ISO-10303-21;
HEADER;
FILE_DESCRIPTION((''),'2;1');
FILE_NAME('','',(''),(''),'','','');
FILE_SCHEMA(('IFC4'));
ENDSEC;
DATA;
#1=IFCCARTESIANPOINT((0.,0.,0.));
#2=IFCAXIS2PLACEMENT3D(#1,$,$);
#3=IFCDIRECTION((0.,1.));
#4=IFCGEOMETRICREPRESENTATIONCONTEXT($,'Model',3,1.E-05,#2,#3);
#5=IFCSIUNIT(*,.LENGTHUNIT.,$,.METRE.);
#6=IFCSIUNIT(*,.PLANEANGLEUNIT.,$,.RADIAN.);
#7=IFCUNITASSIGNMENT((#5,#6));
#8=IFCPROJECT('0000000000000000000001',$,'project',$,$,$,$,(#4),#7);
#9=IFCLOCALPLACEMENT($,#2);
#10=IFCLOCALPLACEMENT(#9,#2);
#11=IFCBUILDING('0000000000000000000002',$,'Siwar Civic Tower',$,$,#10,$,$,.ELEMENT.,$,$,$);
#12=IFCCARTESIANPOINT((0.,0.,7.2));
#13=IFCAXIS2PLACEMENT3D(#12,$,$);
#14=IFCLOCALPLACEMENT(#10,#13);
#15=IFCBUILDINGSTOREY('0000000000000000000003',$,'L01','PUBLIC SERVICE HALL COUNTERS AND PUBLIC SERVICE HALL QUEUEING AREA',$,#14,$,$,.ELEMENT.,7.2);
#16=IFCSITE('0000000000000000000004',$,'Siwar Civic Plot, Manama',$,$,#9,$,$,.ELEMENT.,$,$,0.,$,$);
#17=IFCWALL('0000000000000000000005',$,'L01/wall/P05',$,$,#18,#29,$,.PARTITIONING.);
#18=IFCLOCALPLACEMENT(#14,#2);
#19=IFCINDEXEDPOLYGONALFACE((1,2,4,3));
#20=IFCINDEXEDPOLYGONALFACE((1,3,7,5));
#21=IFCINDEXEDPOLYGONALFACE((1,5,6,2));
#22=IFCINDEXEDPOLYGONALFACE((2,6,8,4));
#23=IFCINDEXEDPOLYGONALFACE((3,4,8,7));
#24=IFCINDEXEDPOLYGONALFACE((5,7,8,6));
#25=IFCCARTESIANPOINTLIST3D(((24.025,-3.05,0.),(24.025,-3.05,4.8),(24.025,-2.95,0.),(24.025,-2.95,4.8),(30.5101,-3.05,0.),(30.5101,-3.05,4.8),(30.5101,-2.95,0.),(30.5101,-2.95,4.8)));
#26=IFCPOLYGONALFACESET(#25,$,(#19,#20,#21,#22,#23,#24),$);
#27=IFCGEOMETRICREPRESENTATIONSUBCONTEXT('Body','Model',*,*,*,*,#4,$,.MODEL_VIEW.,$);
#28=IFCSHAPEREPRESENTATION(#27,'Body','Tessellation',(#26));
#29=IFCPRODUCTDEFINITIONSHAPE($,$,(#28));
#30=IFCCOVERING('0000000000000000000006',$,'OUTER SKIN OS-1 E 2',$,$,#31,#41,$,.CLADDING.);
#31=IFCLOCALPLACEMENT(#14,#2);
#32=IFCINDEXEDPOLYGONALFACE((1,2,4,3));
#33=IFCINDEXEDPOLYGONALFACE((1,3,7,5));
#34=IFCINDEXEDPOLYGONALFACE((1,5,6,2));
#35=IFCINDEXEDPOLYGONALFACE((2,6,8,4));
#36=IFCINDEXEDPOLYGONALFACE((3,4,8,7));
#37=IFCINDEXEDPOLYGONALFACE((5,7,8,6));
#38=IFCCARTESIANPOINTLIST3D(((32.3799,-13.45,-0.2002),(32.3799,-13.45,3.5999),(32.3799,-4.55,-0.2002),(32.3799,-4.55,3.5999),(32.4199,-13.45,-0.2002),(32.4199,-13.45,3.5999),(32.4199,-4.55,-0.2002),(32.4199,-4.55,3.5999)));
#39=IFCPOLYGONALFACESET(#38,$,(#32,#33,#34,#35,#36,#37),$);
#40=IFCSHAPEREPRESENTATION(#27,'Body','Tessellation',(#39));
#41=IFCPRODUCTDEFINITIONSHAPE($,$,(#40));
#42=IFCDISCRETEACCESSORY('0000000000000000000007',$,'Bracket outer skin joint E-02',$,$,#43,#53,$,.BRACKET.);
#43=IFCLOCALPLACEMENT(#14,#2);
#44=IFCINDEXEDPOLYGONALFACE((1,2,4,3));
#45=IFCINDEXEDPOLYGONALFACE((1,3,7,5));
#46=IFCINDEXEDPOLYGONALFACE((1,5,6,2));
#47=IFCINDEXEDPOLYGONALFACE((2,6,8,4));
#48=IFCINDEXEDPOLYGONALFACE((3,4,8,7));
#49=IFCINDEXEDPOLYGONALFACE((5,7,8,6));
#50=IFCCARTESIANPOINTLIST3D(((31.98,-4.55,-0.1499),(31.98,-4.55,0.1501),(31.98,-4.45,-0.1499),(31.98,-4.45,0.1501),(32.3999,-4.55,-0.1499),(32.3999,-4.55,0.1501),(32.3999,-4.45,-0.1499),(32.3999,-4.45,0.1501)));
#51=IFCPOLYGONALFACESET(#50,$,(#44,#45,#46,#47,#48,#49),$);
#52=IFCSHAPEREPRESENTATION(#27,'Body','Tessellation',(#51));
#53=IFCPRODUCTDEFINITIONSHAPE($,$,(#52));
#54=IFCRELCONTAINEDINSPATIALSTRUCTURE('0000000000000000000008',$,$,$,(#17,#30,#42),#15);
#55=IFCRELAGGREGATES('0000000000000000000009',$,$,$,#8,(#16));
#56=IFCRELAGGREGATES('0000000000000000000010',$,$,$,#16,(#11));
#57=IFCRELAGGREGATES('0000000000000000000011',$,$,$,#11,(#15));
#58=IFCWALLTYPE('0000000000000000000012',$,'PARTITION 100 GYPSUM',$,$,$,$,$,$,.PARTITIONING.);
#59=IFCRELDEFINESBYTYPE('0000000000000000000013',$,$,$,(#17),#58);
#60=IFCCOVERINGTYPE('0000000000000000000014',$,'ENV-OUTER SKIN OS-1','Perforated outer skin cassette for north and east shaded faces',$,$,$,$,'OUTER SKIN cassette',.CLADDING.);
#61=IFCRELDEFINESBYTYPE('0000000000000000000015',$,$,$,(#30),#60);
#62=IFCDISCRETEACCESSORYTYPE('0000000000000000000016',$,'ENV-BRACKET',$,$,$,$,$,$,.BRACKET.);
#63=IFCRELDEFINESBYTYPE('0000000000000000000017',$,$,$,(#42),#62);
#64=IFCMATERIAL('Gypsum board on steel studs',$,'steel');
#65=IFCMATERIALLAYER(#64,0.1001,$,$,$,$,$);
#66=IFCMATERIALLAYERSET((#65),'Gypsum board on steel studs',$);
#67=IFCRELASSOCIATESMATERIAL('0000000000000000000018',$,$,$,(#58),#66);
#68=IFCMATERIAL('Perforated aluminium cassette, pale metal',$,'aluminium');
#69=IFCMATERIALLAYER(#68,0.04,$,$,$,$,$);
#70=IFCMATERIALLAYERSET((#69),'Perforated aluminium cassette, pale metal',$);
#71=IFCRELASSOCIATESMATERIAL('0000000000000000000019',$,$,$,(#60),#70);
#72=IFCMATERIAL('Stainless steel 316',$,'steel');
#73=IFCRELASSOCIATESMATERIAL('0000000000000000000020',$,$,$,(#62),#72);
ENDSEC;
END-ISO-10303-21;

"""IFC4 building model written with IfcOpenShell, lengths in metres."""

from ifc_helpers import new_model, si_unit, direction, frame, frame_2d, origin, origin_2d, place, context, subcontext, project, spatial, rectangle, extrude, material, layer, layer_set, type_object, element, save


model = new_model("IFC4")

# Units and contexts
model_context = context("Model", 3, precision=1e-05, world=origin(), true_north=direction((0.0, 1.0)))
body_context = subcontext(model_context, "Body", "Model", "MODEL_VIEW")
ifc_project = project(units=[si_unit("LENGTHUNIT", "METRE"), si_unit("PLANEANGLEUNIT", "RADIAN")], contexts=[model_context])

# Site, building, storey
site_placement = place(None, origin())
site = spatial("IfcSite", under=ifc_project, at=site_placement, Name="Siwar Civic Plot, Manama", CompositionType="ELEMENT", RefElevation=0.0)
building_placement = place(site_placement, origin())
building = spatial("IfcBuilding", under=site, at=building_placement, Name="Siwar Civic Tower", CompositionType="ELEMENT")
storey_placement = place(building_placement, frame((0.0, 0.0, 7.2)))
storey = spatial("IfcBuildingStorey", under=building, at=storey_placement, Name="L01", Description="PUBLIC SERVICE HALL COUNTERS AND PUBLIC SERVICE HALL QUEUEING AREA", CompositionType="ELEMENT", Elevation=7.2)

# Wall
ifc_material_1 = material(Name="Gypsum board on steel studs", Category="steel")
ifc_layer_1 = layer(ifc_material_1, 0.1001)
ifc_layer_set_1 = layer_set([ifc_layer_1], Name="Gypsum board on steel studs")
wall_type_1 = type_object("IfcWallType", Name="PARTITION 100 GYPSUM", PredefinedType="PARTITIONING", material=ifc_layer_set_1)
wall_1_placement = place(storey_placement, frame((24.0249, -3.0, 0.0), z_axis=(0.0, 0.0, 1.0), x_axis=(1.0, 0.0, 0.0)))
element("IfcWall", 1, at=wall_1_placement, inside=storey, type_object=wall_type_1, Name="L01/wall/P05", PredefinedType="PARTITIONING", context=body_context, shape_type="SweptSolid", body=[
    extrude(rectangle(XDim=6.4851, YDim=0.1001, at=frame_2d((3.2427, 0.0))), origin(), (0.0, 0.0, 1.0), 4.8),
])

# Covering
ifc_material_2 = material(Name="Perforated aluminium cassette, pale metal", Category="aluminium")
ifc_layer_2 = layer(ifc_material_2, 0.04)
ifc_layer_set_2 = layer_set([ifc_layer_2], Name="Perforated aluminium cassette, pale metal")
covering_type = type_object("IfcCoveringType", Name="ENV-OUTER SKIN OS-1", Description="Perforated outer skin cassette for north and east shaded faces", ElementType="OUTER SKIN cassette", PredefinedType="CLADDING", material=ifc_layer_set_2)
covering_placement = place(storey_placement, frame((32.3999, -9.0, -0.2002), z_axis=(0.0, 0.0, 1.0), x_axis=(0.0, 1.0, 0.0)))
element("IfcCovering", 2, at=covering_placement, inside=storey, type_object=covering_type, Name="OUTER SKIN OS-1 E 2", PredefinedType="CLADDING", context=body_context, shape_type="SweptSolid", body=[
    extrude(rectangle(XDim=8.8999, YDim=0.04, at=origin_2d()), origin(), (0.0, 0.0, 1.0), 3.8),
])

# Discrete accessory
ifc_material_3 = material(Name="Stainless steel 316", Category="steel")
discrete_accessory_type = type_object("IfcDiscreteAccessoryType", Name="ENV-BRACKET", PredefinedType="BRACKET", material=ifc_material_3)
discrete_accessory_placement = place(storey_placement, frame((32.1899, -4.5, -0.1499), z_axis=(0.0, 0.0, 1.0), x_axis=(1.0, 0.0, 0.0)))
element("IfcDiscreteAccessory", 3, at=discrete_accessory_placement, inside=storey, type_object=discrete_accessory_type, Name="Bracket outer skin joint E-02", PredefinedType="BRACKET", context=body_context, shape_type="SweptSolid", body=[
    extrude(rectangle(XDim=0.4199, YDim=0.1001, at=origin_2d()), origin(), (0.0, 0.0, 1.0), 0.3),
])

save(model, "model.ifc")
